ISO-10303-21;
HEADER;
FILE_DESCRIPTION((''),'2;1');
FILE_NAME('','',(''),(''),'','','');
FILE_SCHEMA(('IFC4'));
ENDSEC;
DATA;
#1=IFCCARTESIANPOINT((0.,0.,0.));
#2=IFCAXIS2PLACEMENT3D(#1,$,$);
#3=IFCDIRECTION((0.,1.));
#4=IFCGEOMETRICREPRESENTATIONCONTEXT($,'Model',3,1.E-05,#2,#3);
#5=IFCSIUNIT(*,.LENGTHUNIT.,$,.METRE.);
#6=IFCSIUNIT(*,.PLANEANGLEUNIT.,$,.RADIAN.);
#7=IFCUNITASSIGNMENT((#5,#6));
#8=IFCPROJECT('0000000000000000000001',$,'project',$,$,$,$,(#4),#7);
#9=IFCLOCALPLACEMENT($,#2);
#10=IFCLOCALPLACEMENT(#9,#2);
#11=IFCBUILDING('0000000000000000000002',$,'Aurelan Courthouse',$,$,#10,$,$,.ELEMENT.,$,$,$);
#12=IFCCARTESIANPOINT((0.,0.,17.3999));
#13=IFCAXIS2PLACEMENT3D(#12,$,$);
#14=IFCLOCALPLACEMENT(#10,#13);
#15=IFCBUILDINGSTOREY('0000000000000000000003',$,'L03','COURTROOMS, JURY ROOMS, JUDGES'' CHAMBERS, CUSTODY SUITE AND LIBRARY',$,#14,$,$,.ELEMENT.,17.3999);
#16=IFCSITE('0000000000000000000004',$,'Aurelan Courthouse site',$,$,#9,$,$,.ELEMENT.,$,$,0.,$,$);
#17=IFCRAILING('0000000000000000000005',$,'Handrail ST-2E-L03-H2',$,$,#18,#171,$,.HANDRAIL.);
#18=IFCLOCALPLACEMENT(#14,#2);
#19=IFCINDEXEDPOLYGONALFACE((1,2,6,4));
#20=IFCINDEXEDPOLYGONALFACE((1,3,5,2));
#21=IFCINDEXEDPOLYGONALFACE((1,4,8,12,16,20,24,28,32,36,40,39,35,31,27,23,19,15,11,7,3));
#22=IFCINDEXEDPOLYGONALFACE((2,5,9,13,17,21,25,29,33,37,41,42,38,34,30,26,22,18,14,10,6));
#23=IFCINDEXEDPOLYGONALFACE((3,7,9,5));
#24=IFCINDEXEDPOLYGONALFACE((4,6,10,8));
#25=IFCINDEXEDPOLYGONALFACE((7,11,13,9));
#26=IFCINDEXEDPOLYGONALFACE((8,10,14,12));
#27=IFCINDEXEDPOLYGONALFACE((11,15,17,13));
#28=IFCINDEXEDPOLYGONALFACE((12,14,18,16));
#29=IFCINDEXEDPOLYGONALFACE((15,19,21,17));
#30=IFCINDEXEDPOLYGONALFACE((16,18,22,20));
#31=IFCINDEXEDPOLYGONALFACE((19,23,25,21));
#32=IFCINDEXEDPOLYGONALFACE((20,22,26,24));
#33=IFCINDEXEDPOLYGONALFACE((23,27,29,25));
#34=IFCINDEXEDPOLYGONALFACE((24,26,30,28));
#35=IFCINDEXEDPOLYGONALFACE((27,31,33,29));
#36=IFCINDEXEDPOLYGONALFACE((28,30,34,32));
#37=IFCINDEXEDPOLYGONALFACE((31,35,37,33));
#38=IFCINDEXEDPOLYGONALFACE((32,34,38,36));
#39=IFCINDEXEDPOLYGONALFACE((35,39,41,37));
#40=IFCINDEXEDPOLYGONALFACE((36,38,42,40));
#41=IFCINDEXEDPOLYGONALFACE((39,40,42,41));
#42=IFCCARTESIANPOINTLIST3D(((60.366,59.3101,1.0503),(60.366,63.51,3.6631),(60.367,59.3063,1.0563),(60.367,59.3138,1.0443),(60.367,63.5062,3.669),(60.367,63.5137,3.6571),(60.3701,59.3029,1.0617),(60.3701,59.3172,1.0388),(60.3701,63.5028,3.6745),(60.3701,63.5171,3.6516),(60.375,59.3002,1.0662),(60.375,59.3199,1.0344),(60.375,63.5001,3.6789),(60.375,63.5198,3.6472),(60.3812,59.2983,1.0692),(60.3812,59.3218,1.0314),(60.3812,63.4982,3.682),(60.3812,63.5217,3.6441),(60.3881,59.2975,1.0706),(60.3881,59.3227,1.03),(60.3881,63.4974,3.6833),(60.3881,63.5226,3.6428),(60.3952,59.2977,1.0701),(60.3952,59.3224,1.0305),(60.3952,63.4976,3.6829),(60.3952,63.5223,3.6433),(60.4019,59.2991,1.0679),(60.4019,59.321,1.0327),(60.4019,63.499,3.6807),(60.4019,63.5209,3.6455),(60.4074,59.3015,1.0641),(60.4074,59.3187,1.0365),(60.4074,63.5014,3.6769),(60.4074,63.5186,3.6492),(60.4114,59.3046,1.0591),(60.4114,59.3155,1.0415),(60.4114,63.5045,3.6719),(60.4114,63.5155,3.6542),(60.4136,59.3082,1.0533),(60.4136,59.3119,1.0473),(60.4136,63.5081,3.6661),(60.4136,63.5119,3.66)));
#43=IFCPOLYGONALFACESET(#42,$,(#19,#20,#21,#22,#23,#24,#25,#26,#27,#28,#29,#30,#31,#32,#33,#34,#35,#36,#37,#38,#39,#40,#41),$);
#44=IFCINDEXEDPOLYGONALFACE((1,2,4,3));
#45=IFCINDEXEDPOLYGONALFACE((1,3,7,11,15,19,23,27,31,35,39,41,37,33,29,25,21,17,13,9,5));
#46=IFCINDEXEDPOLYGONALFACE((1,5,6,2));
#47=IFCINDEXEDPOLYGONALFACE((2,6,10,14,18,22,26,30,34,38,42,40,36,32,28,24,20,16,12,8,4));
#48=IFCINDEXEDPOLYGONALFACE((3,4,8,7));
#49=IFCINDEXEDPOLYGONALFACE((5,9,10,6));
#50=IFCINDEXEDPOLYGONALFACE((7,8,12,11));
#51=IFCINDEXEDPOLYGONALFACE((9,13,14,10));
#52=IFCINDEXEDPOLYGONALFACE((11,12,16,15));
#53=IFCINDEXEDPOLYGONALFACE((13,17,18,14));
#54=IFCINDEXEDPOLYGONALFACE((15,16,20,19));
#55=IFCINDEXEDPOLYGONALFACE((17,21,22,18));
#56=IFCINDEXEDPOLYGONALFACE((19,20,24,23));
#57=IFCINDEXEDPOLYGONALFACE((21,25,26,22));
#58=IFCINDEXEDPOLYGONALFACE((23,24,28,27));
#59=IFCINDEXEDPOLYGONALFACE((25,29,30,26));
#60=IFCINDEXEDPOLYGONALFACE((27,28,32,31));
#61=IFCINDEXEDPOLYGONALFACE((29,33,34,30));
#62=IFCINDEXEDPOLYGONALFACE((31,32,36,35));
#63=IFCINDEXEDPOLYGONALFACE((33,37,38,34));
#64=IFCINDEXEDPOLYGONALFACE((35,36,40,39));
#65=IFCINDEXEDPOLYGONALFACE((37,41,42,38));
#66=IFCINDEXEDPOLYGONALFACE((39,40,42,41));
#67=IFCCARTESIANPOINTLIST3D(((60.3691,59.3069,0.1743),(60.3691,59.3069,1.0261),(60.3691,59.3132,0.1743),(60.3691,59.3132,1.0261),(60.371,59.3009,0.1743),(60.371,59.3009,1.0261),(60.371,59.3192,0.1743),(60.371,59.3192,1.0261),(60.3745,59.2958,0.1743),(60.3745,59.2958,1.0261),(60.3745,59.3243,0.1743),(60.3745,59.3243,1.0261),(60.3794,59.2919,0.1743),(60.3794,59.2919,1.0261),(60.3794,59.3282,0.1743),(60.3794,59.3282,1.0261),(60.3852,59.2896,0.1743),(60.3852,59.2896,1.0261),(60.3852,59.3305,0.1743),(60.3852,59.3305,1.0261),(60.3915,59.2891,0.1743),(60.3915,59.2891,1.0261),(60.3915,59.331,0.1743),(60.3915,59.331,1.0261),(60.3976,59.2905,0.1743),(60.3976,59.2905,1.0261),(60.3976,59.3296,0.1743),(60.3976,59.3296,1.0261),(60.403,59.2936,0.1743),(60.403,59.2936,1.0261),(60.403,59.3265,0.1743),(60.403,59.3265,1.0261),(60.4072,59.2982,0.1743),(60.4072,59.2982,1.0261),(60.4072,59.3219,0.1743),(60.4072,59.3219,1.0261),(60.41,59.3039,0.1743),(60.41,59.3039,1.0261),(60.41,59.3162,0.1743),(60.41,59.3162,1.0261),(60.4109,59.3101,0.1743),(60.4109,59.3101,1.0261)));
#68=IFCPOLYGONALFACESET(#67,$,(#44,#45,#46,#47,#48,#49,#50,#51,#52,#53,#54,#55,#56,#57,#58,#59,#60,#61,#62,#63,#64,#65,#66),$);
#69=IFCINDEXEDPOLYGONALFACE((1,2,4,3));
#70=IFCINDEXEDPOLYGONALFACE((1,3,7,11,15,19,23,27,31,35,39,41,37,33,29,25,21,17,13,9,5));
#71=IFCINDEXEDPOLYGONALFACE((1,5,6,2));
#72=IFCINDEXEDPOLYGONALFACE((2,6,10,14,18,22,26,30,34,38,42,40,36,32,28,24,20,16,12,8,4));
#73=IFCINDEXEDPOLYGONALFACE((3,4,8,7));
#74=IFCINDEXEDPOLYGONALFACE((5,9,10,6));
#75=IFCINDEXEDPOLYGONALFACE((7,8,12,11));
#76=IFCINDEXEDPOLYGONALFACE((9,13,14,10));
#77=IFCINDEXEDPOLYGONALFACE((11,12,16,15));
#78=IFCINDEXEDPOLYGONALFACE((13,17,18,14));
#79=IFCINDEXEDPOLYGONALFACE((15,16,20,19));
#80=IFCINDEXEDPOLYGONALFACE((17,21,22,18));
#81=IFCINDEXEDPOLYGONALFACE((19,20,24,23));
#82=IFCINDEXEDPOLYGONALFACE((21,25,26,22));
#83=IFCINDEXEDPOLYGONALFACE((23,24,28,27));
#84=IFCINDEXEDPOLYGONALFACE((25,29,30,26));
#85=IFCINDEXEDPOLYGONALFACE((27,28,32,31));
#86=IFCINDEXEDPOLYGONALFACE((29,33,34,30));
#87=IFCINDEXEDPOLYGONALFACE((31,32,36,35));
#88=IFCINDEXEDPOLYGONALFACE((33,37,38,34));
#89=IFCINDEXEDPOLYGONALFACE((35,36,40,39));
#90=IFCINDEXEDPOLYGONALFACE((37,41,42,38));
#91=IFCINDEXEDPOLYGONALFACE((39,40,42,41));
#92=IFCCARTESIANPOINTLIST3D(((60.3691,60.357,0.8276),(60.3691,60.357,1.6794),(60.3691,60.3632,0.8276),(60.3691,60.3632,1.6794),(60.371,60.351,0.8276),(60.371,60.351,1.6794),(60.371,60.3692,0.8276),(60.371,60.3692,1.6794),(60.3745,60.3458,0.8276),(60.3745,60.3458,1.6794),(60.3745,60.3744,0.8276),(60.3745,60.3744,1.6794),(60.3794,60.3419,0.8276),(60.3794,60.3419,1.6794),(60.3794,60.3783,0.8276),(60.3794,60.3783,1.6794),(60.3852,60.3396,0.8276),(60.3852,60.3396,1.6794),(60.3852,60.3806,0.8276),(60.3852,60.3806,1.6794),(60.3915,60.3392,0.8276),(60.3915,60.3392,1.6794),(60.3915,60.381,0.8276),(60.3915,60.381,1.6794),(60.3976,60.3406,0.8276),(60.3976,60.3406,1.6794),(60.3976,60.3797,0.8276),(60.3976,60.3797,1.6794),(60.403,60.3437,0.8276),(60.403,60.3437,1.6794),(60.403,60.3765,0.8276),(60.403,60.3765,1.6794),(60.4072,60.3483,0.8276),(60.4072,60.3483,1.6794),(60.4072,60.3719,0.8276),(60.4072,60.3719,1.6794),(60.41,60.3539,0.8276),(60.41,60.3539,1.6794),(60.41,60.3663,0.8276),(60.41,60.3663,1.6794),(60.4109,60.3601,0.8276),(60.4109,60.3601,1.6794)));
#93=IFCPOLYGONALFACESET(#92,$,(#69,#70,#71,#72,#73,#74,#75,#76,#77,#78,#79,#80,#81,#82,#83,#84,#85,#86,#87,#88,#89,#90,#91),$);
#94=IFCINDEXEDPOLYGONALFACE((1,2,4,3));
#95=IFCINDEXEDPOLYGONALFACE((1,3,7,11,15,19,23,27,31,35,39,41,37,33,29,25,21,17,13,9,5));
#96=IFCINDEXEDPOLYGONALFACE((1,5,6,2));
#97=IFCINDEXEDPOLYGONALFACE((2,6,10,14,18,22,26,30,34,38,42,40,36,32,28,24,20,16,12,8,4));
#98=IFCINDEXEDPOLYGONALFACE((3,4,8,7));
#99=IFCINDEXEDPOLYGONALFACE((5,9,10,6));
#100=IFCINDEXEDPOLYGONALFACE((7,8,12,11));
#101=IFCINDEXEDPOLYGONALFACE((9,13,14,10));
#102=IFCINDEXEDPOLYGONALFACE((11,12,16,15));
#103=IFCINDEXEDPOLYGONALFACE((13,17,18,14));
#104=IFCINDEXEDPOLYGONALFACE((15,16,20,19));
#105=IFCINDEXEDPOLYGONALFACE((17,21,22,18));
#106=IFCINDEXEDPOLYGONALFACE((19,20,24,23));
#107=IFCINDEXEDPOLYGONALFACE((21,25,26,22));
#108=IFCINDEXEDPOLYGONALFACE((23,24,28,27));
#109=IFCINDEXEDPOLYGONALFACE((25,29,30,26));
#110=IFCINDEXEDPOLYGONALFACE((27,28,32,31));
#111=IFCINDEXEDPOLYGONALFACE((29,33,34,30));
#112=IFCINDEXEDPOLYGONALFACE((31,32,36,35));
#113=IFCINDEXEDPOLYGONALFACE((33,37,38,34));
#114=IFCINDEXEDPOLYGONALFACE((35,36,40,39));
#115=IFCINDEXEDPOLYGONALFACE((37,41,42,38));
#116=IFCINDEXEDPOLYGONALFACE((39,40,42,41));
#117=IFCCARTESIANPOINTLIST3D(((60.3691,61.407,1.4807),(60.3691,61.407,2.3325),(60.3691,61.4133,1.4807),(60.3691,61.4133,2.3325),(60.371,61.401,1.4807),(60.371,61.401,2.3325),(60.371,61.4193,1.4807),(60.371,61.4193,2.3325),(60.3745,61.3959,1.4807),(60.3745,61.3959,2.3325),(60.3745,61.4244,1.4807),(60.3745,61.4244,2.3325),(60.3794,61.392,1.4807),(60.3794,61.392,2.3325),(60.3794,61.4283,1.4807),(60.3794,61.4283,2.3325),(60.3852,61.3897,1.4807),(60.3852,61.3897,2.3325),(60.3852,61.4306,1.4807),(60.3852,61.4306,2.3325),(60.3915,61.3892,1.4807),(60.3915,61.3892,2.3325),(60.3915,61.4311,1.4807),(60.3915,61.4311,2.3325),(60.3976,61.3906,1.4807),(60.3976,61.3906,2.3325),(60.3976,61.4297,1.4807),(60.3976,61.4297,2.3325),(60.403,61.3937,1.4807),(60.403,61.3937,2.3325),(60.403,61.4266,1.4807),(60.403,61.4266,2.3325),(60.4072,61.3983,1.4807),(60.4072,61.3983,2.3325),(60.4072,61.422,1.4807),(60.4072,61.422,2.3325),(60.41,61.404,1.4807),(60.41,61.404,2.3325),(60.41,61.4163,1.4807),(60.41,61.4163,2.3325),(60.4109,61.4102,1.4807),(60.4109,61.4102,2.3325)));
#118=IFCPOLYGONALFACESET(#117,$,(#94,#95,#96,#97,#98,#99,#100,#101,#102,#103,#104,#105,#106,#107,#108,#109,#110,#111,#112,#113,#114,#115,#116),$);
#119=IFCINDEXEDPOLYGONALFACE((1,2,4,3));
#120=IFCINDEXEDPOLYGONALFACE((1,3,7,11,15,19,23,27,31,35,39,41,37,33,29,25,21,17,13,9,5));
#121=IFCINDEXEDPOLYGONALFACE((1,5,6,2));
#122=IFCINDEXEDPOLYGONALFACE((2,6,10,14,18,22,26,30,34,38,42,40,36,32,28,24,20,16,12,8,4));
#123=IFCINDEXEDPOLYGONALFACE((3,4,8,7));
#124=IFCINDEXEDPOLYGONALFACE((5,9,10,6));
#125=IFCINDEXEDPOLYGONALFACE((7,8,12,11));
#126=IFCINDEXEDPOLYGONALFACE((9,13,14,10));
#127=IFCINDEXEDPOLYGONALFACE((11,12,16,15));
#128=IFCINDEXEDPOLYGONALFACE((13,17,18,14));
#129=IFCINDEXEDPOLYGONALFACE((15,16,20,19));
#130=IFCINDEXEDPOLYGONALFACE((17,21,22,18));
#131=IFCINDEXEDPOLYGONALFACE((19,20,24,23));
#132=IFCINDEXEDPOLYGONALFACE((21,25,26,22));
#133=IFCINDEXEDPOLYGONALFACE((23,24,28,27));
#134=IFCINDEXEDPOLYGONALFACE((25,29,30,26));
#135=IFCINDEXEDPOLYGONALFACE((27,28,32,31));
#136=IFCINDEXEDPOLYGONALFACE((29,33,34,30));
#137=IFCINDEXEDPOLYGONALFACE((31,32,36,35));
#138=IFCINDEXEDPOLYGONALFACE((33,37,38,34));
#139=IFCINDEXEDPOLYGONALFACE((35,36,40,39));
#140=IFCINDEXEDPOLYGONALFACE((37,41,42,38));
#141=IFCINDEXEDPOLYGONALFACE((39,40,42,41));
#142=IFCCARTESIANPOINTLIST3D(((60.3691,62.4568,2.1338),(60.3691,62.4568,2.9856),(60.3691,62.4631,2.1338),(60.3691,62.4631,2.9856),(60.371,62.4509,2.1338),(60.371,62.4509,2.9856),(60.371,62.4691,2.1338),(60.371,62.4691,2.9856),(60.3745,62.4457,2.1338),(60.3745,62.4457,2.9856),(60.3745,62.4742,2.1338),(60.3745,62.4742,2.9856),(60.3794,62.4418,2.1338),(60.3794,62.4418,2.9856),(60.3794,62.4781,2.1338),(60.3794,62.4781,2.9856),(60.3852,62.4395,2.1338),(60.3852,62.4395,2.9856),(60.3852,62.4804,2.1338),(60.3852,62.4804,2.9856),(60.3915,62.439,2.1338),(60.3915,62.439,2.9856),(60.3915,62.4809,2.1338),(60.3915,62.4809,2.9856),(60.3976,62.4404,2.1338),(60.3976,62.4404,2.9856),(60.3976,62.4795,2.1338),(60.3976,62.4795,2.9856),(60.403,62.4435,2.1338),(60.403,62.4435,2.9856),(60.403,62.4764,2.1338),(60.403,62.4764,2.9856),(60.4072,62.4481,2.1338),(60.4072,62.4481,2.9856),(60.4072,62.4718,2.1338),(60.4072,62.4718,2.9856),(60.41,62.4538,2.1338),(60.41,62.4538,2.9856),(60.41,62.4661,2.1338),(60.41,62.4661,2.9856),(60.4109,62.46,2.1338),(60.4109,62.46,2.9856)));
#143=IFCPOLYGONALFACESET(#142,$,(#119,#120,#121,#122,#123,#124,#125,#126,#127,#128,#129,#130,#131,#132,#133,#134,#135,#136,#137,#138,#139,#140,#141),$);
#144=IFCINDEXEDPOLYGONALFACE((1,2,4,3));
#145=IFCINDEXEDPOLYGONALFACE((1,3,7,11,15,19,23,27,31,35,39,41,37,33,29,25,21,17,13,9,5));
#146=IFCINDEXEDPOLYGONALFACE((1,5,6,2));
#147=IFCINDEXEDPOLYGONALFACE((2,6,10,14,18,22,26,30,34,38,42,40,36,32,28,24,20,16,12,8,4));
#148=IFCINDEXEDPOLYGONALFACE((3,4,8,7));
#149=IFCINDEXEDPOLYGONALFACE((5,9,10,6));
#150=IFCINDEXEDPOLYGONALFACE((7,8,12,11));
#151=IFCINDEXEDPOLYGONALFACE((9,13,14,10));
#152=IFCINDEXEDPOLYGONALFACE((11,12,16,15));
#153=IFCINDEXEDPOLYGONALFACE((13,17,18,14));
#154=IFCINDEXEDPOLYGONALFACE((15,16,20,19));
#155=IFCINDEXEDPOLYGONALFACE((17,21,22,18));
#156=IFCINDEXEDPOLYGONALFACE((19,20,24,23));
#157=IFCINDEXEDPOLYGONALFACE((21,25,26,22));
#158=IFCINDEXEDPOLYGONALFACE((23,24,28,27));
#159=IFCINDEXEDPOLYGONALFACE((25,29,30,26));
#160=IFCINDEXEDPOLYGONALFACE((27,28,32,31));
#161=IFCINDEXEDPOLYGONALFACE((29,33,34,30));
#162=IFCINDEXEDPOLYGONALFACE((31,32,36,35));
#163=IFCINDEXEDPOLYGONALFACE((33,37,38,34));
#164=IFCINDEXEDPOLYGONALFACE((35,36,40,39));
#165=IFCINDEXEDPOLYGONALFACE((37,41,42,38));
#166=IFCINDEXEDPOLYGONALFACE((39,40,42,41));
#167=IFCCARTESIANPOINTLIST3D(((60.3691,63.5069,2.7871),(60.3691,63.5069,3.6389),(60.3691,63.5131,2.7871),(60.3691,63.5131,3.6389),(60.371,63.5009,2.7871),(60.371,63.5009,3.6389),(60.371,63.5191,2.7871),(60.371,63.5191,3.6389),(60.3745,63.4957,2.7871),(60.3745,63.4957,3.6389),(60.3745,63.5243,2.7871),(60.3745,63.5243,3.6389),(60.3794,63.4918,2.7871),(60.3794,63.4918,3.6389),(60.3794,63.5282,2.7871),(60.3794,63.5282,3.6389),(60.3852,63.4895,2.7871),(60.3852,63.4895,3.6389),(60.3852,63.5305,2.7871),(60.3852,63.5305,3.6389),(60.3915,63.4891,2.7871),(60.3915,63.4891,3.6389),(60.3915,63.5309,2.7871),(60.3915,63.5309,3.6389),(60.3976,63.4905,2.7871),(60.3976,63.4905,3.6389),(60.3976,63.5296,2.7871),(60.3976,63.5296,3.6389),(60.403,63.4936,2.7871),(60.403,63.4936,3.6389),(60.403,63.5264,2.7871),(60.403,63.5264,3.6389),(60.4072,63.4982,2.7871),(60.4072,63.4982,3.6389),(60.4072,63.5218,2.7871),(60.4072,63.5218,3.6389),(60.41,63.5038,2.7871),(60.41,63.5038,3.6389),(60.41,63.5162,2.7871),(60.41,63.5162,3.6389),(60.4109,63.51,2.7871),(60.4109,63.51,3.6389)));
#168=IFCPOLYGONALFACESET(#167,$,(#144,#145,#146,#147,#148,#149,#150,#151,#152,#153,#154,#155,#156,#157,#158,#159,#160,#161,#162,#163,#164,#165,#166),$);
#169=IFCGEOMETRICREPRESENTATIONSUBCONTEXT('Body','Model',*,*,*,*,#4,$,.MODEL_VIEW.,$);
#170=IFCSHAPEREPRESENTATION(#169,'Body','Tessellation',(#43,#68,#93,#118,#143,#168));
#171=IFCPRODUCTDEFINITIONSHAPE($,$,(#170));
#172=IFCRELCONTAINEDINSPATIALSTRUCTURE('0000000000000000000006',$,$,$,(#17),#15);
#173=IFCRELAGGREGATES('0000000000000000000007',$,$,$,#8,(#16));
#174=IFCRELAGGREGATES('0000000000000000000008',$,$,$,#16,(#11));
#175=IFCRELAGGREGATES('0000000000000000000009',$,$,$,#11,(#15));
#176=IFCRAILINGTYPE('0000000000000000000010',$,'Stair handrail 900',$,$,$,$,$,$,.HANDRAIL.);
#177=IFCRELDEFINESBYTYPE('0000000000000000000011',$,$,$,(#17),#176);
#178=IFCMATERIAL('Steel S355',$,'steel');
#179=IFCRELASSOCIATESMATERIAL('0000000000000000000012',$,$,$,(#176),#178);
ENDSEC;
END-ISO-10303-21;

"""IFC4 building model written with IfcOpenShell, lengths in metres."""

from ifc_helpers import new_model, si_unit, direction, frame, origin, origin_2d, place, context, subcontext, project, spatial, circle, extrude, material, type_object, element, save


model = new_model("IFC4")

# Units and contexts
model_context = context("Model", 3, precision=1e-05, world=origin(), true_north=direction((0.0, 1.0)))
body_context = subcontext(model_context, "Body", "Model", "MODEL_VIEW")
ifc_project = project(units=[si_unit("LENGTHUNIT", "METRE"), si_unit("PLANEANGLEUNIT", "RADIAN")], contexts=[model_context])

# Site, building, storey
site_placement = place(None, origin())
site = spatial("IfcSite", under=ifc_project, at=site_placement, Name="Aurelan Courthouse site", CompositionType="ELEMENT", RefElevation=0.0)
building_placement = place(site_placement, origin())
building = spatial("IfcBuilding", under=site, at=building_placement, Name="Aurelan Courthouse", CompositionType="ELEMENT")
storey_placement = place(building_placement, frame((0.0, 0.0, 17.3999)))
storey = spatial("IfcBuildingStorey", under=building, at=storey_placement, Name="L03", Description="COURTROOMS, JURY ROOMS, JUDGES' CHAMBERS, CUSTODY SUITE AND LIBRARY", CompositionType="ELEMENT", Elevation=17.3999)

# Railing
ifc_material_1 = material(Name="Steel S355", Category="steel")
railing_type_1 = type_object("IfcRailingType", Name="Stair handrail 900", PredefinedType="HANDRAIL", material=ifc_material_1)
for number, where, name in (
    (1, (60.3899, 59.3101, 0.1743), "Handrail ST-2E-L03-H2"),
):
    element("IfcRailing", number, at=place(storey_placement, frame(where)), inside=storey, type_object=railing_type_1, Name=name, PredefinedType="HANDRAIL", context=body_context, shape_type="SweptSolid", body=[
        extrude(circle(Radius=0.0239, at=origin_2d()), frame((0.0, 0.0, 0.876), z_axis=(0.0, 0.849103, 0.528228), x_axis=(-1.0, 0.0, 0.0)), (0.0, 0.0, 1.0), 4.9463),
        extrude(circle(Radius=0.021, at=origin_2d()), origin(), (0.0, 0.0, 1.0), 0.8518),
        extrude(circle(Radius=0.021, at=origin_2d()), frame((0.0, 1.05, 0.6533)), (0.0, 0.0, 1.0), 0.8518),
        extrude(circle(Radius=0.021, at=origin_2d()), frame((0.0, 2.1001, 1.3064)), (0.0, 0.0, 1.0), 0.8518),
        extrude(circle(Radius=0.021, at=origin_2d()), frame((0.0, 3.1499, 1.9595)), (0.0, 0.0, 1.0), 0.8518),
        extrude(circle(Radius=0.021, at=origin_2d()), frame((0.0, 4.2, 2.6128)), (0.0, 0.0, 1.0), 0.8518),
    ])

save(model, "model.ifc")
